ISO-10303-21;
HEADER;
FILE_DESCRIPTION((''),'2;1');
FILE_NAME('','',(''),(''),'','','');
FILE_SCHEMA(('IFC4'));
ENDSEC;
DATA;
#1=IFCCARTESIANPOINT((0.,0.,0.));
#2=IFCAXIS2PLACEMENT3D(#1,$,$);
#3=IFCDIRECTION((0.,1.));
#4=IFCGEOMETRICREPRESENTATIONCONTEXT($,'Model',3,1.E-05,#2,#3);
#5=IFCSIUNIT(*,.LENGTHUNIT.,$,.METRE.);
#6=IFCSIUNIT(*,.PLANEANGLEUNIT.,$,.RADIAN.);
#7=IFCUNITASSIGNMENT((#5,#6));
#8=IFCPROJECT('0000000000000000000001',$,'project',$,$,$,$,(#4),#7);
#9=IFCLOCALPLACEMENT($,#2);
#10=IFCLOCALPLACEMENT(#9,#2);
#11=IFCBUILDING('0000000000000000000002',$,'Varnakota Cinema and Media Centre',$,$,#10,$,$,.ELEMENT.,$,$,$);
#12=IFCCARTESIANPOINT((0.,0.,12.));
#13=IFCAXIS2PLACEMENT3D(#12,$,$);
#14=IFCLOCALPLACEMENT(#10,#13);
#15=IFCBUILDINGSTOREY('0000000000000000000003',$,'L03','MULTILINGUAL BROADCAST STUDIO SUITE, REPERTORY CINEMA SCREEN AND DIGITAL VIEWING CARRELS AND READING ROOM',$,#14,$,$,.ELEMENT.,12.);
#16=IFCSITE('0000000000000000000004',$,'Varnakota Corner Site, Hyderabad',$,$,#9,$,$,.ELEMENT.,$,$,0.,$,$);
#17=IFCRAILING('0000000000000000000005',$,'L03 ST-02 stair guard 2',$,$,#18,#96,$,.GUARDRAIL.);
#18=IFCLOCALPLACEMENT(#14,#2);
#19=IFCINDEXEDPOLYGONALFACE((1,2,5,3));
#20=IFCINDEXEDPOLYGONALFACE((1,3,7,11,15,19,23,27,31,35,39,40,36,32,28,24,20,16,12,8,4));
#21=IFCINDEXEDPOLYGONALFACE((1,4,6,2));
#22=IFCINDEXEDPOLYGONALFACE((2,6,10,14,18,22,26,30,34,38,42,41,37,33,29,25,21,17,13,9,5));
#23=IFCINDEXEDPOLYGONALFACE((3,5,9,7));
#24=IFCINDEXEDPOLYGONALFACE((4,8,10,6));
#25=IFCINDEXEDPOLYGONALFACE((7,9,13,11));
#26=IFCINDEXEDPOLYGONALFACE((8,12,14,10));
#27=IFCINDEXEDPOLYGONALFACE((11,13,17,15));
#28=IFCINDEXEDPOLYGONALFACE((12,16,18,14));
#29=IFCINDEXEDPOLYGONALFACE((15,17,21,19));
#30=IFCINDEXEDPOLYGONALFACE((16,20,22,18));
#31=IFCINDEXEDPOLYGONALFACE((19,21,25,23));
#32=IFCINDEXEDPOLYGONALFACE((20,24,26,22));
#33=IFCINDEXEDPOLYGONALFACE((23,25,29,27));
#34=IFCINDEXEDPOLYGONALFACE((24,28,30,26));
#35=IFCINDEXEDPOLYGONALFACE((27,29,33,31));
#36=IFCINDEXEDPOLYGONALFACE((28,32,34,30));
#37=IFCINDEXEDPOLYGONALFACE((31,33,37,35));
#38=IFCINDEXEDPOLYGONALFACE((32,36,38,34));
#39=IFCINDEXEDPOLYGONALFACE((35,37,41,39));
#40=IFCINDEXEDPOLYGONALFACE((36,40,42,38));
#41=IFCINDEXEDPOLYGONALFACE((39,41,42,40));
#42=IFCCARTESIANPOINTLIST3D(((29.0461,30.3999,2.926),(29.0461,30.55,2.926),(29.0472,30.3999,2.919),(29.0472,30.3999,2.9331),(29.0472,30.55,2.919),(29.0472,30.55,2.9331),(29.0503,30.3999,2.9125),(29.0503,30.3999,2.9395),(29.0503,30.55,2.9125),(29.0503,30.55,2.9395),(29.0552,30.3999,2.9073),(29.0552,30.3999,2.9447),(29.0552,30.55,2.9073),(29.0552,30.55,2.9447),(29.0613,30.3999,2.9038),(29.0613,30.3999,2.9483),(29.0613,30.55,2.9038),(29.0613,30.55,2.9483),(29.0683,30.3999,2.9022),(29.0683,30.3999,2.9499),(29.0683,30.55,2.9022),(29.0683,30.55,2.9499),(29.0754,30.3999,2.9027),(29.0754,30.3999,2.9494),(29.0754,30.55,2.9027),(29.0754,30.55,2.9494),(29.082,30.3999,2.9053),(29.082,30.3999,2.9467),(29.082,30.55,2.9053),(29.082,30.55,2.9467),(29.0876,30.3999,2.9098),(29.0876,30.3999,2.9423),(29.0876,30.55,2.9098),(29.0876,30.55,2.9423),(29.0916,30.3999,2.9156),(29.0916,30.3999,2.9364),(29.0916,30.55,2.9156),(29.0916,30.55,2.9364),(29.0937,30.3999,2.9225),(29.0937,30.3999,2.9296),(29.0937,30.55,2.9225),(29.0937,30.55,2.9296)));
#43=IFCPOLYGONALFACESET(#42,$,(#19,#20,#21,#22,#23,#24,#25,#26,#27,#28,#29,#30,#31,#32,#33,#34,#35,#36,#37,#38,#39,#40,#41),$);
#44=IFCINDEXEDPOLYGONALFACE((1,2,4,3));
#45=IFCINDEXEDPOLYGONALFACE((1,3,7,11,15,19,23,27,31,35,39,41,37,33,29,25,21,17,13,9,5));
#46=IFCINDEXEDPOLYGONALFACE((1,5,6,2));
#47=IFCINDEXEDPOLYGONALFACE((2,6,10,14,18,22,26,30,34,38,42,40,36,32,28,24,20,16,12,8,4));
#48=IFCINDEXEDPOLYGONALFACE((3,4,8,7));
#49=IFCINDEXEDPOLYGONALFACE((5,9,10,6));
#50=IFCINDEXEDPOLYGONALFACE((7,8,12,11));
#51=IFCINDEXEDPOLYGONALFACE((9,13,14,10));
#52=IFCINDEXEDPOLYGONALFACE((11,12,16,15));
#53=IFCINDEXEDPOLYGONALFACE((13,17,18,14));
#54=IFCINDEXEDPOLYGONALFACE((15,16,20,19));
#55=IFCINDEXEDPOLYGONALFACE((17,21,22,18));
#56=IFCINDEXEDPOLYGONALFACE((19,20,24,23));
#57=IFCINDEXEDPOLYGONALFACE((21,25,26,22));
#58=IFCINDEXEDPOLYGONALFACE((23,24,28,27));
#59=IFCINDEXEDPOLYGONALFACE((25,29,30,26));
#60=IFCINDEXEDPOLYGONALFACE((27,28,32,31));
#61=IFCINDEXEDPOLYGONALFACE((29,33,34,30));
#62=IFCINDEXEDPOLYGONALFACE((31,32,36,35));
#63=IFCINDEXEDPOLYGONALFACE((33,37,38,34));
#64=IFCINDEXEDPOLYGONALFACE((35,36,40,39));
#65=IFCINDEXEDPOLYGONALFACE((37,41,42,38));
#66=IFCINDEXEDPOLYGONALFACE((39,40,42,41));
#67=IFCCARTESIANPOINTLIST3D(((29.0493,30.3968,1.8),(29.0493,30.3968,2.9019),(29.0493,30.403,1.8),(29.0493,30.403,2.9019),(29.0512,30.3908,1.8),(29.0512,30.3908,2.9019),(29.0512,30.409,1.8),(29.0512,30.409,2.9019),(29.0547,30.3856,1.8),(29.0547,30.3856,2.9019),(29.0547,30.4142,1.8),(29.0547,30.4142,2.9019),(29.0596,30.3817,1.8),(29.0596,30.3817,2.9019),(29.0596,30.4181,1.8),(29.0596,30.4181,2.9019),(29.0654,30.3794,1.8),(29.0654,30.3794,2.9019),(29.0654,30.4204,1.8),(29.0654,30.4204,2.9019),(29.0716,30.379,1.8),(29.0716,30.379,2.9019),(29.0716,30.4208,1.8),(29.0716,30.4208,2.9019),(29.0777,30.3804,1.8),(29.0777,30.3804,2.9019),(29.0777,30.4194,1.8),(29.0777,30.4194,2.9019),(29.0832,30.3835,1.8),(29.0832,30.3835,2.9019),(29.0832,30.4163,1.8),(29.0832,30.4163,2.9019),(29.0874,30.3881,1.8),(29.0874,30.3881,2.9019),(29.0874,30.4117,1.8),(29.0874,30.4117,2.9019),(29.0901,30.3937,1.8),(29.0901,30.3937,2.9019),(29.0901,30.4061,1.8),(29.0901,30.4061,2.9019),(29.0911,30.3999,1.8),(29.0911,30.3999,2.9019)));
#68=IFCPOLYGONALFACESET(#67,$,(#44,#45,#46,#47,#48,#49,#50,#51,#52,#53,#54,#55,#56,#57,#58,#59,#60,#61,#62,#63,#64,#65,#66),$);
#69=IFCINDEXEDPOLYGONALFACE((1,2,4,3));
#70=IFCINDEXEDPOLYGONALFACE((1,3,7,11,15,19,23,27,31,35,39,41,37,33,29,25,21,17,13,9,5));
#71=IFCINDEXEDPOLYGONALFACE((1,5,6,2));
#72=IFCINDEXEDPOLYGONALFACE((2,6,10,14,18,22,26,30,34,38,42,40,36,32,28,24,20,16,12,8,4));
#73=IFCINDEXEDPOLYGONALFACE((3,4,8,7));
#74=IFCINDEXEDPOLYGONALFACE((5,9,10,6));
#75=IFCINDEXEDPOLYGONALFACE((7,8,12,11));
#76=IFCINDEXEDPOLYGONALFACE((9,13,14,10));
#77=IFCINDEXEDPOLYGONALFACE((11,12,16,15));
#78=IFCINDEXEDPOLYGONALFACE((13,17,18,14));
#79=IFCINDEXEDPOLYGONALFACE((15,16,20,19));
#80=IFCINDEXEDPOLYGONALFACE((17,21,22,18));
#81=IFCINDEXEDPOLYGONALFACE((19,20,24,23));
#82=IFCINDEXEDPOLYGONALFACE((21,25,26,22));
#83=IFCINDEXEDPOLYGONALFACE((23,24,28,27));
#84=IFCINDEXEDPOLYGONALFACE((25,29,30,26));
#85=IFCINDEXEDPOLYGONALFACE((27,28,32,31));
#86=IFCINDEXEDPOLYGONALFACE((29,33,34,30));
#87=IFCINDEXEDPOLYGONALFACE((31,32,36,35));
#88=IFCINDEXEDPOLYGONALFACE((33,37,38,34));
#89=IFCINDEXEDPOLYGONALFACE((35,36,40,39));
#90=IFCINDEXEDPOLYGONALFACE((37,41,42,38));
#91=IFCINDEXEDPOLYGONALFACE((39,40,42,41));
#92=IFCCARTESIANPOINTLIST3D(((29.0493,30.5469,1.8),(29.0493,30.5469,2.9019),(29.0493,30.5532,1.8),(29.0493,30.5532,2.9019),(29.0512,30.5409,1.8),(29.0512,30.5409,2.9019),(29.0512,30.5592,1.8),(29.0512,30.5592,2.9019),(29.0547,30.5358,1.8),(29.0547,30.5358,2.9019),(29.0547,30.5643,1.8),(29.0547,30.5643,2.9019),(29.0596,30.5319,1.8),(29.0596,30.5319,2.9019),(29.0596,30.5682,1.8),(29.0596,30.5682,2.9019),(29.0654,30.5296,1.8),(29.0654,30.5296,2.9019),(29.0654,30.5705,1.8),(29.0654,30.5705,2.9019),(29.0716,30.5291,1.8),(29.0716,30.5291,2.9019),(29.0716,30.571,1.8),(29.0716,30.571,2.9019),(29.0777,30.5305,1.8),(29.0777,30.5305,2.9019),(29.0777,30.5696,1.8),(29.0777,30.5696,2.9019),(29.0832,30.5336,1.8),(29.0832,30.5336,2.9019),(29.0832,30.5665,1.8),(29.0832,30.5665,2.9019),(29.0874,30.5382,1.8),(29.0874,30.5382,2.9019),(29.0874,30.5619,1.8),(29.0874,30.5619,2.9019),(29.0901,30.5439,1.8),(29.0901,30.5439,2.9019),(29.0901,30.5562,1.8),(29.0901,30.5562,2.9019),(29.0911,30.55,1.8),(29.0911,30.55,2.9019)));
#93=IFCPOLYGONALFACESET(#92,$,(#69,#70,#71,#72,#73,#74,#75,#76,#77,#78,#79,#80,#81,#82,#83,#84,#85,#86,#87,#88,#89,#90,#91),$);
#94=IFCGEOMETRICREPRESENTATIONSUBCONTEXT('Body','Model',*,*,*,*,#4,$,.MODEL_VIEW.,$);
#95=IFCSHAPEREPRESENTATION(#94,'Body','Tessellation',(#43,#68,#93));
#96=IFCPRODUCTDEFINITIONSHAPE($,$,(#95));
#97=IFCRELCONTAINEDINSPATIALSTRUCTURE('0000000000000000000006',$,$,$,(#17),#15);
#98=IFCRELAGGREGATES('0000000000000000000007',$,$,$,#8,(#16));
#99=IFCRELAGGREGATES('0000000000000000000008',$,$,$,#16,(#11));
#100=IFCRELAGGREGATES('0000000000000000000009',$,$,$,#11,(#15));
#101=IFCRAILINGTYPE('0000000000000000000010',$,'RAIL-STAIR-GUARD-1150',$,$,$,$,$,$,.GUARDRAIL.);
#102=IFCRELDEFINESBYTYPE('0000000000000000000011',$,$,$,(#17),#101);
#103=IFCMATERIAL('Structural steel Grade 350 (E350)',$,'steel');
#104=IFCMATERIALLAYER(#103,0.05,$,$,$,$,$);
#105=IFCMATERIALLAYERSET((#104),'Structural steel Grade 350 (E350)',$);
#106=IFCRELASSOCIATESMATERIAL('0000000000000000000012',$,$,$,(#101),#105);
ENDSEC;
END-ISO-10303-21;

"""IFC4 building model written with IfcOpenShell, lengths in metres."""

from ifc_helpers import new_model, si_unit, direction, frame, origin, origin_2d, place, context, subcontext, project, spatial, circle, extrude, material, layer, layer_set, type_object, element, save


model = new_model("IFC4")

# Units and contexts
model_context = context("Model", 3, precision=1e-05, world=origin(), true_north=direction((0.0, 1.0)))
body_context = subcontext(model_context, "Body", "Model", "MODEL_VIEW")
ifc_project = project(units=[si_unit("LENGTHUNIT", "METRE"), si_unit("PLANEANGLEUNIT", "RADIAN")], contexts=[model_context])

# Site, building, storey
site_placement = place(None, origin())
site = spatial("IfcSite", under=ifc_project, at=site_placement, Name="Varnakota Corner Site, Hyderabad", CompositionType="ELEMENT", RefElevation=0.0)
building_placement = place(site_placement, origin())
building = spatial("IfcBuilding", under=site, at=building_placement, Name="Varnakota Cinema and Media Centre", CompositionType="ELEMENT")
storey_placement = place(building_placement, frame((0.0, 0.0, 12.0)))
storey = spatial("IfcBuildingStorey", under=building, at=storey_placement, Name="L03", Description="MULTILINGUAL BROADCAST STUDIO SUITE, REPERTORY CINEMA SCREEN AND DIGITAL VIEWING CARRELS AND READING ROOM", CompositionType="ELEMENT", Elevation=12.0)

# Railing
ifc_material_1 = material(Name="Structural steel Grade 350 (E350)", Category="steel")
ifc_layer_1 = layer(ifc_material_1, 0.05)
ifc_layer_set_1 = layer_set([ifc_layer_1], Name="Structural steel Grade 350 (E350)")
railing_type_1 = type_object("IfcRailingType", Name="RAIL-STAIR-GUARD-1150", PredefinedType="GUARDRAIL", material=ifc_layer_set_1)
railing_1_placement = place(storey_placement, frame((29.0701, 30.3999, 1.8)))
element("IfcRailing", 1, at=railing_1_placement, inside=storey, type_object=railing_type_1, Name="L03 ST-02 stair guard 2", PredefinedType="GUARDRAIL", context=body_context, shape_type="SweptSolid", body=[
    extrude(circle(Radius=0.0239, at=origin_2d()), frame((0.0, 0.0, 1.126), z_axis=(0.0, 1.0, 0.0), x_axis=(-1.0, 0.0, 0.0)), (0.0, 0.0, 1.0), 0.1501),
    extrude(circle(Radius=0.021, at=origin_2d()), origin(), (0.0, 0.0, 1.0), 1.1018),
    extrude(circle(Radius=0.021, at=origin_2d()), frame((0.0, 0.1501, 0.0)), (0.0, 0.0, 1.0), 1.1018),
])

save(model, "model.ifc")
